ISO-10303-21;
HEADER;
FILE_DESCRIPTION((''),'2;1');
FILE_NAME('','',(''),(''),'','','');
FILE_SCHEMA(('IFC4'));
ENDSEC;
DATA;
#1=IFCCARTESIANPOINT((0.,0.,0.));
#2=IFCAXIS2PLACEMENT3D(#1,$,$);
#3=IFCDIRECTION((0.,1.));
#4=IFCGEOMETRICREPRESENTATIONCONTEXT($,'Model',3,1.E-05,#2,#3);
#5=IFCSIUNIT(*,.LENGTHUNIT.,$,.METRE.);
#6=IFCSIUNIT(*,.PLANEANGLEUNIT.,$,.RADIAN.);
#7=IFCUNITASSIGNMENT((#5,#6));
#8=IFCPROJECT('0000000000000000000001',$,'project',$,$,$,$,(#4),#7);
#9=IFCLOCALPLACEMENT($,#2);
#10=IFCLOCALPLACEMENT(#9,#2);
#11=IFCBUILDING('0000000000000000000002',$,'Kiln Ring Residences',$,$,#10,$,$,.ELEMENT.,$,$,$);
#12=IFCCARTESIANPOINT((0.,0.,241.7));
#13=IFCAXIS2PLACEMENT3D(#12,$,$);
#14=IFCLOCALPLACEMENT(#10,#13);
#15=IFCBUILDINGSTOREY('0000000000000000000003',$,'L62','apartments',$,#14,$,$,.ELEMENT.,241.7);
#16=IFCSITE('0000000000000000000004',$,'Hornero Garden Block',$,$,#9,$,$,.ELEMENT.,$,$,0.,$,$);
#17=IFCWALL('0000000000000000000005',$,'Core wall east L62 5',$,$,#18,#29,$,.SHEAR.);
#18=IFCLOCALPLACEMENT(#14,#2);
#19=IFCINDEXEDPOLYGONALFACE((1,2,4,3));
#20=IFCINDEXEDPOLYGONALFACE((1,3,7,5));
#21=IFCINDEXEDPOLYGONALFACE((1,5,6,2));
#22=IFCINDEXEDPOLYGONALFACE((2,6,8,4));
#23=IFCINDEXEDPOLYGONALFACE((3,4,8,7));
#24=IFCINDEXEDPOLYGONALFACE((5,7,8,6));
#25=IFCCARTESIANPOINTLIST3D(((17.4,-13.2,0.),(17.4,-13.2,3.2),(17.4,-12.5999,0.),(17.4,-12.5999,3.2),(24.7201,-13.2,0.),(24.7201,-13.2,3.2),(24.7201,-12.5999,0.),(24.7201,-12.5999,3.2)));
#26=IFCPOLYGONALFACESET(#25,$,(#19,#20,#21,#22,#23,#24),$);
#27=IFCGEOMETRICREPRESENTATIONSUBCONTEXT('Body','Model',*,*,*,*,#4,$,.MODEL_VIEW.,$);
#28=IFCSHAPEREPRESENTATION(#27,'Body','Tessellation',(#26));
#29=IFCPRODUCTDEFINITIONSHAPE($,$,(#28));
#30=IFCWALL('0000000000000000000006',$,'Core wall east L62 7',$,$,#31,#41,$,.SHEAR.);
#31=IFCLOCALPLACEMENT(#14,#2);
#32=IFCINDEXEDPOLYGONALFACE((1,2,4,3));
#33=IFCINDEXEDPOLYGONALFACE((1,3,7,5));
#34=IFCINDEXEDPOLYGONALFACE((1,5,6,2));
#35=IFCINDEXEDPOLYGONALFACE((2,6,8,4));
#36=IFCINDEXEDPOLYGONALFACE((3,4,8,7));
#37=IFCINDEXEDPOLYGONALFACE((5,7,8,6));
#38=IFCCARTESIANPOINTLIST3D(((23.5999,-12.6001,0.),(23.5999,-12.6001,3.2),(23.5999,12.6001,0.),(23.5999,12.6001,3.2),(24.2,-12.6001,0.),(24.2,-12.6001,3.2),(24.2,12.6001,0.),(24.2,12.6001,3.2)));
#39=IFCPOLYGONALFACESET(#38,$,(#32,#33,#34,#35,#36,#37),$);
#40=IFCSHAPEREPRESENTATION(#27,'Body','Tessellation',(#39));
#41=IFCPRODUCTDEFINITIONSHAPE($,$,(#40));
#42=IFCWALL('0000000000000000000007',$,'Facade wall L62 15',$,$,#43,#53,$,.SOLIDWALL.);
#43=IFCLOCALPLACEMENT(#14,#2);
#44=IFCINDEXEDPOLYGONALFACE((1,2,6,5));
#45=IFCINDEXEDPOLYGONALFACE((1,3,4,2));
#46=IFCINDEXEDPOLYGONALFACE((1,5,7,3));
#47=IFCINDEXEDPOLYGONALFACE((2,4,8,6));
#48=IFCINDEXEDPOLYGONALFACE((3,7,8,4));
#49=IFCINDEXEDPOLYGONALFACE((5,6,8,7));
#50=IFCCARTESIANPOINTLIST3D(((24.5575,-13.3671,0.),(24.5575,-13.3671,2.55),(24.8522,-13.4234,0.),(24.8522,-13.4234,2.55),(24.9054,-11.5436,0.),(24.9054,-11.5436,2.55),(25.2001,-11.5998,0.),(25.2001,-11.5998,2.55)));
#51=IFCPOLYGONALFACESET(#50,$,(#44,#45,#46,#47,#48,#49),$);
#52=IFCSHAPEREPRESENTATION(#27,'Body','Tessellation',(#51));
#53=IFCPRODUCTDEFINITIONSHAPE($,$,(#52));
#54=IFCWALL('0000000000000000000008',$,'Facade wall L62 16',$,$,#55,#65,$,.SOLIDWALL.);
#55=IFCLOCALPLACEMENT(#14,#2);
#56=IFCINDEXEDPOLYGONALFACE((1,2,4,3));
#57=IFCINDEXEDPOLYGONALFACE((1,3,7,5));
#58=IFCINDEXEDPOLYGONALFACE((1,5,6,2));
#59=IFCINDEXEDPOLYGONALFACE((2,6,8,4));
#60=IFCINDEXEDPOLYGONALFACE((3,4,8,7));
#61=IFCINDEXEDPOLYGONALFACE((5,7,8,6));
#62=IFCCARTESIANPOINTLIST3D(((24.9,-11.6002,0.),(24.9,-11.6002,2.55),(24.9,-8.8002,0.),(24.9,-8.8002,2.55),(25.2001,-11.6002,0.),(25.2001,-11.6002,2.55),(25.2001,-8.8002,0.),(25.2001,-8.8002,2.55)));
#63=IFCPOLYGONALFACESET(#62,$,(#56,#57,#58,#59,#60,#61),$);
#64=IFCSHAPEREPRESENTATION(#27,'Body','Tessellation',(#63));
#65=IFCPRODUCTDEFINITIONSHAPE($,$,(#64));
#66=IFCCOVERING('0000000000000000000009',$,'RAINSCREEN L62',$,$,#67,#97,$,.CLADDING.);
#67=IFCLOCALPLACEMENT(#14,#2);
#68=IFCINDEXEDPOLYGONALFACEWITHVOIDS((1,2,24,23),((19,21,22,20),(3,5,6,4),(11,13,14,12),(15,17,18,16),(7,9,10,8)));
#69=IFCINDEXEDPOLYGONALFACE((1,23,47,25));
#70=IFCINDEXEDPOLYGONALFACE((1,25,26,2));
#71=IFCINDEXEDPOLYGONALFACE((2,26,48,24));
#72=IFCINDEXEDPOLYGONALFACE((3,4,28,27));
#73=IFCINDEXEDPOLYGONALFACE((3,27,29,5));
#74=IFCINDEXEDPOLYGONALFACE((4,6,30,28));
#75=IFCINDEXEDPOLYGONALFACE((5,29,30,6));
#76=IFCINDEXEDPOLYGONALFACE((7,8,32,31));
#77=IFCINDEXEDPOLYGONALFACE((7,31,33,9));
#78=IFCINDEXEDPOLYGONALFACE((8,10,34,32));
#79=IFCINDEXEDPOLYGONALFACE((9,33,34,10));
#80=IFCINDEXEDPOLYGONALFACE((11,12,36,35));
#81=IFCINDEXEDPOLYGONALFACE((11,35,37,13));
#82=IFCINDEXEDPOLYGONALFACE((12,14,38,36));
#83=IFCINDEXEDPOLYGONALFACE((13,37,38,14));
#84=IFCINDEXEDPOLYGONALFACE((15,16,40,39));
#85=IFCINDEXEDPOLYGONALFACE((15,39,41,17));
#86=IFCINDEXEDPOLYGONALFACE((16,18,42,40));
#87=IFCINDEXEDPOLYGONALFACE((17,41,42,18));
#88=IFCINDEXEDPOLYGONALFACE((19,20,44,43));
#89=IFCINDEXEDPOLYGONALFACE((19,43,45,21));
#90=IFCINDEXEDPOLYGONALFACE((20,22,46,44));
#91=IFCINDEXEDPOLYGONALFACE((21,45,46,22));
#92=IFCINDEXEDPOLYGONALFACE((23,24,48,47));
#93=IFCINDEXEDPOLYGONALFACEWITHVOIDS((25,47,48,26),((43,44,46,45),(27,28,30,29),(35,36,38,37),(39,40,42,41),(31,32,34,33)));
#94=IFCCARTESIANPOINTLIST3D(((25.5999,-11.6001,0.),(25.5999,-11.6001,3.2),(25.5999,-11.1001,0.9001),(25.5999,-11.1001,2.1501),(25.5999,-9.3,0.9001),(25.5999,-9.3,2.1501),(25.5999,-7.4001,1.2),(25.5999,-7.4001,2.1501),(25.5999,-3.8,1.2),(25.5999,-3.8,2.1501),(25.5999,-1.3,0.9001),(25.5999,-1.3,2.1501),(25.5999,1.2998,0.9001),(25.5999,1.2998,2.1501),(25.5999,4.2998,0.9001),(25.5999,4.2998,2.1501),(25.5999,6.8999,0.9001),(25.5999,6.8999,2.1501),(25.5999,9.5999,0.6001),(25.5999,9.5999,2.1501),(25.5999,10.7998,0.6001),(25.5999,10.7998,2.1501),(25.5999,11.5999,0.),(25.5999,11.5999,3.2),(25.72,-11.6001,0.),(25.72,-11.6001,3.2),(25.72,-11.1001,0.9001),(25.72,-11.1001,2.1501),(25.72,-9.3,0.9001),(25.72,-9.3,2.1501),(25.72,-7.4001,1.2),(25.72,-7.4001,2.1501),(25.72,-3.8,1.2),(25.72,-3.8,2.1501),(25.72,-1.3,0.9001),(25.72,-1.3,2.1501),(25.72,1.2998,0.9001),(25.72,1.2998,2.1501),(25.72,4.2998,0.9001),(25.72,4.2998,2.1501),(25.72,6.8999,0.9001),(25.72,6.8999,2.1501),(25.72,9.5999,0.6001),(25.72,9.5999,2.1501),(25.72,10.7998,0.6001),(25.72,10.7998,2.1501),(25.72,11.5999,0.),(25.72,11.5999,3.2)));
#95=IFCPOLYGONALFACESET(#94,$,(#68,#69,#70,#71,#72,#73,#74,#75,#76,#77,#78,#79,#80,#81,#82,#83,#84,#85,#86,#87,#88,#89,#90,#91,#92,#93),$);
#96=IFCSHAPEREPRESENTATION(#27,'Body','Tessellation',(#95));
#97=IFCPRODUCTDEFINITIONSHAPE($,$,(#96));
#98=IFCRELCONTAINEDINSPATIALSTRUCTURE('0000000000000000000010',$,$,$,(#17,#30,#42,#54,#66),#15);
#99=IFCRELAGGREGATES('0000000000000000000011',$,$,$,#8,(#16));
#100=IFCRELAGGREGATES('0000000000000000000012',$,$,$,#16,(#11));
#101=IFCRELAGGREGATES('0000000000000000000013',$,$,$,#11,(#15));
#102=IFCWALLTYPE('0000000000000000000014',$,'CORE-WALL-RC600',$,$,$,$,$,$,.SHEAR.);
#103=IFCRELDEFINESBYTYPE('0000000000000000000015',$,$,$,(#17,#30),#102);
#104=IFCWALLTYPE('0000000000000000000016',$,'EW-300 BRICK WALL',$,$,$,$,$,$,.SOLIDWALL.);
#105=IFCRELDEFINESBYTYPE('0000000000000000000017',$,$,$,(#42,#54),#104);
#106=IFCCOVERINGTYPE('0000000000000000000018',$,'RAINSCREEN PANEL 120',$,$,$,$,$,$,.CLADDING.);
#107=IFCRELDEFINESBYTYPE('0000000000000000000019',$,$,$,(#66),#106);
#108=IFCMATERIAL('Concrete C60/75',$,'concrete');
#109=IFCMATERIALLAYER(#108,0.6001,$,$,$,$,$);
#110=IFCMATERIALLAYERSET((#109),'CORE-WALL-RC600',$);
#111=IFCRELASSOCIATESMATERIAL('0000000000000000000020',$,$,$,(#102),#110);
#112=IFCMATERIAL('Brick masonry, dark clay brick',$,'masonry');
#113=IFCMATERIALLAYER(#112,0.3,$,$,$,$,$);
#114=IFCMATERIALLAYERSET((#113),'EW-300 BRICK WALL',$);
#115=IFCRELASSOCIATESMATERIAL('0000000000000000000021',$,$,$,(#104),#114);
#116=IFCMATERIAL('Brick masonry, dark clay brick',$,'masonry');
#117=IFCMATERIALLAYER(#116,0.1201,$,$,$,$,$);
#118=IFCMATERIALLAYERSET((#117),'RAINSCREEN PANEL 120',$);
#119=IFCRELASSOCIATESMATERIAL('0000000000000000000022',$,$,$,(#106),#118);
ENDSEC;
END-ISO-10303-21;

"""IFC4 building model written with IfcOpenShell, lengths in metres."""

from ifc_helpers import new_model, si_unit, direction, frame, frame_2d, origin, place, context, subcontext, project, spatial, polyline, rectangle, outline, extrude, material, layer, layer_set, type_object, element, save


model = new_model("IFC4")

# Units and contexts
model_context = context("Model", 3, precision=1e-05, world=origin(), true_north=direction((0.0, 1.0)))
body_context = subcontext(model_context, "Body", "Model", "MODEL_VIEW")
ifc_project = project(units=[si_unit("LENGTHUNIT", "METRE"), si_unit("PLANEANGLEUNIT", "RADIAN")], contexts=[model_context])

# Site, building, storey
site_placement = place(None, origin())
site = spatial("IfcSite", under=ifc_project, at=site_placement, Name="Hornero Garden Block", CompositionType="ELEMENT", RefElevation=0.0)
building_placement = place(site_placement, origin())
building = spatial("IfcBuilding", under=site, at=building_placement, Name="Kiln Ring Residences", CompositionType="ELEMENT")
storey_placement = place(building_placement, frame((0.0, 0.0, 241.7)))
storey = spatial("IfcBuildingStorey", under=building, at=storey_placement, Name="L62", Description="apartments", CompositionType="ELEMENT", Elevation=241.7)

# Walls
ifc_material_1 = material(Name="Concrete C60/75", Category="concrete")
ifc_layer_1 = layer(ifc_material_1, 0.6001)
ifc_layer_set_1 = layer_set([ifc_layer_1], Name="CORE-WALL-RC600")
wall_type_1 = type_object("IfcWallType", Name="CORE-WALL-RC600", PredefinedType="SHEAR", material=ifc_layer_set_1)
wall_1_placement = place(storey_placement, frame((17.3999, -12.8999, 0.0), z_axis=(0.0, 0.0, 1.0), x_axis=(1.0, 0.0, 0.0)))
element("IfcWall", 1, at=wall_1_placement, inside=storey, type_object=wall_type_1, Name="Core wall east L62 5", PredefinedType="SHEAR", context=body_context, shape_type="SweptSolid", body=[
    extrude(rectangle(XDim=7.3201, YDim=0.6001, at=frame_2d((3.6602, 0.0))), origin(), (0.0, 0.0, 1.0), 3.2),
])
wall_2_placement = place(storey_placement, frame((23.8999, -12.6001, 0.0), z_axis=(0.0, 0.0, 1.0), x_axis=(0.0, 1.0, 0.0)))
element("IfcWall", 2, at=wall_2_placement, inside=storey, type_object=wall_type_1, Name="Core wall east L62 7", PredefinedType="SHEAR", context=body_context, shape_type="SweptSolid", body=[
    extrude(rectangle(XDim=25.2002, YDim=0.6001, at=frame_2d((12.6001, 0.0))), origin(), (0.0, 0.0, 1.0), 3.2),
])
ifc_material_2 = material(Name="Brick masonry, dark clay brick", Category="masonry")
ifc_layer_2 = layer(ifc_material_2, 0.3)
ifc_layer_set_2 = layer_set([ifc_layer_2], Name="EW-300 BRICK WALL")
wall_type_2 = type_object("IfcWallType", Name="EW-300 BRICK WALL", PredefinedType="SOLIDWALL", material=ifc_layer_set_2)
wall_3_placement = place(storey_placement, frame((24.7048, -13.3953, 0.0), z_axis=(0.0, 0.0, 1.0), x_axis=(0.187408, 0.982282, 0.0)))
element("IfcWall", 3, at=wall_3_placement, inside=storey, type_object=wall_type_2, Name="Facade wall L62 15", PredefinedType="SOLIDWALL", context=body_context, shape_type="SweptSolid", body=[
    extrude(rectangle(XDim=1.8564, YDim=0.3, at=frame_2d((0.9282, 0.0))), origin(), (0.0, 0.0, 1.0), 2.55),
])
wall_4_placement = place(storey_placement, frame((25.05, -11.6001, 0.0), z_axis=(0.0, 0.0, 1.0), x_axis=(0.0, 1.0, 0.0)))
element("IfcWall", 4, at=wall_4_placement, inside=storey, type_object=wall_type_2, Name="Facade wall L62 16", PredefinedType="SOLIDWALL", context=body_context, shape_type="SweptSolid", body=[
    extrude(rectangle(XDim=2.8, YDim=0.3, at=frame_2d((1.3999, 0.0))), origin(), (0.0, 0.0, 1.0), 2.55),
])

# Covering
ifc_material_3 = material(Name="Brick masonry, dark clay brick", Category="masonry")
ifc_layer_3 = layer(ifc_material_3, 0.1201)
ifc_layer_set_3 = layer_set([ifc_layer_3], Name="RAINSCREEN PANEL 120")
covering_type = type_object("IfcCoveringType", Name="RAINSCREEN PANEL 120", PredefinedType="CLADDING", material=ifc_layer_set_3)
covering_placement = place(storey_placement, frame((25.6599, -11.6001, 0.0), z_axis=(0.0, 0.0, 1.0), x_axis=(0.0, 1.0, 0.0)))
element("IfcCovering", 5, at=covering_placement, inside=storey, type_object=covering_type, Name="RAINSCREEN L62", PredefinedType="CLADDING", context=body_context, shape_type="SweptSolid", body=[
    extrude(outline(polyline([(0.0, 0.0), (23.2, 0.0), (23.2, 3.2), (0.0, 3.2), (0.0, 0.0)]), holes=[polyline([(22.3999, 0.6001), (22.3999, 2.1501), (21.2, 2.1501), (21.2, 0.6001), (22.3999, 0.6001)]), polyline([(2.3, 0.9001), (2.3, 2.1501), (0.5, 2.1501), (0.5, 0.9001), (2.3, 0.9001)]), polyline([(12.8999, 0.9001), (12.8999, 2.1501), (10.3, 2.1501), (10.3, 0.9001), (12.8999, 0.9001)]), polyline([(15.8999, 0.9001), (18.5, 0.9001), (18.5, 2.1501), (15.8999, 2.1501), (15.8999, 0.9001)]), polyline([(4.2, 1.2), (7.8, 1.2), (7.8, 2.1501), (4.2, 2.1501), (4.2, 1.2)])]), frame((0.0, 0.0601, 0.0), z_axis=(0.0, -1.0, 0.0), x_axis=(1.0, 0.0, 0.0)), (0.0, 0.0, 1.0), 0.1201),
])

save(model, "model.ifc")
